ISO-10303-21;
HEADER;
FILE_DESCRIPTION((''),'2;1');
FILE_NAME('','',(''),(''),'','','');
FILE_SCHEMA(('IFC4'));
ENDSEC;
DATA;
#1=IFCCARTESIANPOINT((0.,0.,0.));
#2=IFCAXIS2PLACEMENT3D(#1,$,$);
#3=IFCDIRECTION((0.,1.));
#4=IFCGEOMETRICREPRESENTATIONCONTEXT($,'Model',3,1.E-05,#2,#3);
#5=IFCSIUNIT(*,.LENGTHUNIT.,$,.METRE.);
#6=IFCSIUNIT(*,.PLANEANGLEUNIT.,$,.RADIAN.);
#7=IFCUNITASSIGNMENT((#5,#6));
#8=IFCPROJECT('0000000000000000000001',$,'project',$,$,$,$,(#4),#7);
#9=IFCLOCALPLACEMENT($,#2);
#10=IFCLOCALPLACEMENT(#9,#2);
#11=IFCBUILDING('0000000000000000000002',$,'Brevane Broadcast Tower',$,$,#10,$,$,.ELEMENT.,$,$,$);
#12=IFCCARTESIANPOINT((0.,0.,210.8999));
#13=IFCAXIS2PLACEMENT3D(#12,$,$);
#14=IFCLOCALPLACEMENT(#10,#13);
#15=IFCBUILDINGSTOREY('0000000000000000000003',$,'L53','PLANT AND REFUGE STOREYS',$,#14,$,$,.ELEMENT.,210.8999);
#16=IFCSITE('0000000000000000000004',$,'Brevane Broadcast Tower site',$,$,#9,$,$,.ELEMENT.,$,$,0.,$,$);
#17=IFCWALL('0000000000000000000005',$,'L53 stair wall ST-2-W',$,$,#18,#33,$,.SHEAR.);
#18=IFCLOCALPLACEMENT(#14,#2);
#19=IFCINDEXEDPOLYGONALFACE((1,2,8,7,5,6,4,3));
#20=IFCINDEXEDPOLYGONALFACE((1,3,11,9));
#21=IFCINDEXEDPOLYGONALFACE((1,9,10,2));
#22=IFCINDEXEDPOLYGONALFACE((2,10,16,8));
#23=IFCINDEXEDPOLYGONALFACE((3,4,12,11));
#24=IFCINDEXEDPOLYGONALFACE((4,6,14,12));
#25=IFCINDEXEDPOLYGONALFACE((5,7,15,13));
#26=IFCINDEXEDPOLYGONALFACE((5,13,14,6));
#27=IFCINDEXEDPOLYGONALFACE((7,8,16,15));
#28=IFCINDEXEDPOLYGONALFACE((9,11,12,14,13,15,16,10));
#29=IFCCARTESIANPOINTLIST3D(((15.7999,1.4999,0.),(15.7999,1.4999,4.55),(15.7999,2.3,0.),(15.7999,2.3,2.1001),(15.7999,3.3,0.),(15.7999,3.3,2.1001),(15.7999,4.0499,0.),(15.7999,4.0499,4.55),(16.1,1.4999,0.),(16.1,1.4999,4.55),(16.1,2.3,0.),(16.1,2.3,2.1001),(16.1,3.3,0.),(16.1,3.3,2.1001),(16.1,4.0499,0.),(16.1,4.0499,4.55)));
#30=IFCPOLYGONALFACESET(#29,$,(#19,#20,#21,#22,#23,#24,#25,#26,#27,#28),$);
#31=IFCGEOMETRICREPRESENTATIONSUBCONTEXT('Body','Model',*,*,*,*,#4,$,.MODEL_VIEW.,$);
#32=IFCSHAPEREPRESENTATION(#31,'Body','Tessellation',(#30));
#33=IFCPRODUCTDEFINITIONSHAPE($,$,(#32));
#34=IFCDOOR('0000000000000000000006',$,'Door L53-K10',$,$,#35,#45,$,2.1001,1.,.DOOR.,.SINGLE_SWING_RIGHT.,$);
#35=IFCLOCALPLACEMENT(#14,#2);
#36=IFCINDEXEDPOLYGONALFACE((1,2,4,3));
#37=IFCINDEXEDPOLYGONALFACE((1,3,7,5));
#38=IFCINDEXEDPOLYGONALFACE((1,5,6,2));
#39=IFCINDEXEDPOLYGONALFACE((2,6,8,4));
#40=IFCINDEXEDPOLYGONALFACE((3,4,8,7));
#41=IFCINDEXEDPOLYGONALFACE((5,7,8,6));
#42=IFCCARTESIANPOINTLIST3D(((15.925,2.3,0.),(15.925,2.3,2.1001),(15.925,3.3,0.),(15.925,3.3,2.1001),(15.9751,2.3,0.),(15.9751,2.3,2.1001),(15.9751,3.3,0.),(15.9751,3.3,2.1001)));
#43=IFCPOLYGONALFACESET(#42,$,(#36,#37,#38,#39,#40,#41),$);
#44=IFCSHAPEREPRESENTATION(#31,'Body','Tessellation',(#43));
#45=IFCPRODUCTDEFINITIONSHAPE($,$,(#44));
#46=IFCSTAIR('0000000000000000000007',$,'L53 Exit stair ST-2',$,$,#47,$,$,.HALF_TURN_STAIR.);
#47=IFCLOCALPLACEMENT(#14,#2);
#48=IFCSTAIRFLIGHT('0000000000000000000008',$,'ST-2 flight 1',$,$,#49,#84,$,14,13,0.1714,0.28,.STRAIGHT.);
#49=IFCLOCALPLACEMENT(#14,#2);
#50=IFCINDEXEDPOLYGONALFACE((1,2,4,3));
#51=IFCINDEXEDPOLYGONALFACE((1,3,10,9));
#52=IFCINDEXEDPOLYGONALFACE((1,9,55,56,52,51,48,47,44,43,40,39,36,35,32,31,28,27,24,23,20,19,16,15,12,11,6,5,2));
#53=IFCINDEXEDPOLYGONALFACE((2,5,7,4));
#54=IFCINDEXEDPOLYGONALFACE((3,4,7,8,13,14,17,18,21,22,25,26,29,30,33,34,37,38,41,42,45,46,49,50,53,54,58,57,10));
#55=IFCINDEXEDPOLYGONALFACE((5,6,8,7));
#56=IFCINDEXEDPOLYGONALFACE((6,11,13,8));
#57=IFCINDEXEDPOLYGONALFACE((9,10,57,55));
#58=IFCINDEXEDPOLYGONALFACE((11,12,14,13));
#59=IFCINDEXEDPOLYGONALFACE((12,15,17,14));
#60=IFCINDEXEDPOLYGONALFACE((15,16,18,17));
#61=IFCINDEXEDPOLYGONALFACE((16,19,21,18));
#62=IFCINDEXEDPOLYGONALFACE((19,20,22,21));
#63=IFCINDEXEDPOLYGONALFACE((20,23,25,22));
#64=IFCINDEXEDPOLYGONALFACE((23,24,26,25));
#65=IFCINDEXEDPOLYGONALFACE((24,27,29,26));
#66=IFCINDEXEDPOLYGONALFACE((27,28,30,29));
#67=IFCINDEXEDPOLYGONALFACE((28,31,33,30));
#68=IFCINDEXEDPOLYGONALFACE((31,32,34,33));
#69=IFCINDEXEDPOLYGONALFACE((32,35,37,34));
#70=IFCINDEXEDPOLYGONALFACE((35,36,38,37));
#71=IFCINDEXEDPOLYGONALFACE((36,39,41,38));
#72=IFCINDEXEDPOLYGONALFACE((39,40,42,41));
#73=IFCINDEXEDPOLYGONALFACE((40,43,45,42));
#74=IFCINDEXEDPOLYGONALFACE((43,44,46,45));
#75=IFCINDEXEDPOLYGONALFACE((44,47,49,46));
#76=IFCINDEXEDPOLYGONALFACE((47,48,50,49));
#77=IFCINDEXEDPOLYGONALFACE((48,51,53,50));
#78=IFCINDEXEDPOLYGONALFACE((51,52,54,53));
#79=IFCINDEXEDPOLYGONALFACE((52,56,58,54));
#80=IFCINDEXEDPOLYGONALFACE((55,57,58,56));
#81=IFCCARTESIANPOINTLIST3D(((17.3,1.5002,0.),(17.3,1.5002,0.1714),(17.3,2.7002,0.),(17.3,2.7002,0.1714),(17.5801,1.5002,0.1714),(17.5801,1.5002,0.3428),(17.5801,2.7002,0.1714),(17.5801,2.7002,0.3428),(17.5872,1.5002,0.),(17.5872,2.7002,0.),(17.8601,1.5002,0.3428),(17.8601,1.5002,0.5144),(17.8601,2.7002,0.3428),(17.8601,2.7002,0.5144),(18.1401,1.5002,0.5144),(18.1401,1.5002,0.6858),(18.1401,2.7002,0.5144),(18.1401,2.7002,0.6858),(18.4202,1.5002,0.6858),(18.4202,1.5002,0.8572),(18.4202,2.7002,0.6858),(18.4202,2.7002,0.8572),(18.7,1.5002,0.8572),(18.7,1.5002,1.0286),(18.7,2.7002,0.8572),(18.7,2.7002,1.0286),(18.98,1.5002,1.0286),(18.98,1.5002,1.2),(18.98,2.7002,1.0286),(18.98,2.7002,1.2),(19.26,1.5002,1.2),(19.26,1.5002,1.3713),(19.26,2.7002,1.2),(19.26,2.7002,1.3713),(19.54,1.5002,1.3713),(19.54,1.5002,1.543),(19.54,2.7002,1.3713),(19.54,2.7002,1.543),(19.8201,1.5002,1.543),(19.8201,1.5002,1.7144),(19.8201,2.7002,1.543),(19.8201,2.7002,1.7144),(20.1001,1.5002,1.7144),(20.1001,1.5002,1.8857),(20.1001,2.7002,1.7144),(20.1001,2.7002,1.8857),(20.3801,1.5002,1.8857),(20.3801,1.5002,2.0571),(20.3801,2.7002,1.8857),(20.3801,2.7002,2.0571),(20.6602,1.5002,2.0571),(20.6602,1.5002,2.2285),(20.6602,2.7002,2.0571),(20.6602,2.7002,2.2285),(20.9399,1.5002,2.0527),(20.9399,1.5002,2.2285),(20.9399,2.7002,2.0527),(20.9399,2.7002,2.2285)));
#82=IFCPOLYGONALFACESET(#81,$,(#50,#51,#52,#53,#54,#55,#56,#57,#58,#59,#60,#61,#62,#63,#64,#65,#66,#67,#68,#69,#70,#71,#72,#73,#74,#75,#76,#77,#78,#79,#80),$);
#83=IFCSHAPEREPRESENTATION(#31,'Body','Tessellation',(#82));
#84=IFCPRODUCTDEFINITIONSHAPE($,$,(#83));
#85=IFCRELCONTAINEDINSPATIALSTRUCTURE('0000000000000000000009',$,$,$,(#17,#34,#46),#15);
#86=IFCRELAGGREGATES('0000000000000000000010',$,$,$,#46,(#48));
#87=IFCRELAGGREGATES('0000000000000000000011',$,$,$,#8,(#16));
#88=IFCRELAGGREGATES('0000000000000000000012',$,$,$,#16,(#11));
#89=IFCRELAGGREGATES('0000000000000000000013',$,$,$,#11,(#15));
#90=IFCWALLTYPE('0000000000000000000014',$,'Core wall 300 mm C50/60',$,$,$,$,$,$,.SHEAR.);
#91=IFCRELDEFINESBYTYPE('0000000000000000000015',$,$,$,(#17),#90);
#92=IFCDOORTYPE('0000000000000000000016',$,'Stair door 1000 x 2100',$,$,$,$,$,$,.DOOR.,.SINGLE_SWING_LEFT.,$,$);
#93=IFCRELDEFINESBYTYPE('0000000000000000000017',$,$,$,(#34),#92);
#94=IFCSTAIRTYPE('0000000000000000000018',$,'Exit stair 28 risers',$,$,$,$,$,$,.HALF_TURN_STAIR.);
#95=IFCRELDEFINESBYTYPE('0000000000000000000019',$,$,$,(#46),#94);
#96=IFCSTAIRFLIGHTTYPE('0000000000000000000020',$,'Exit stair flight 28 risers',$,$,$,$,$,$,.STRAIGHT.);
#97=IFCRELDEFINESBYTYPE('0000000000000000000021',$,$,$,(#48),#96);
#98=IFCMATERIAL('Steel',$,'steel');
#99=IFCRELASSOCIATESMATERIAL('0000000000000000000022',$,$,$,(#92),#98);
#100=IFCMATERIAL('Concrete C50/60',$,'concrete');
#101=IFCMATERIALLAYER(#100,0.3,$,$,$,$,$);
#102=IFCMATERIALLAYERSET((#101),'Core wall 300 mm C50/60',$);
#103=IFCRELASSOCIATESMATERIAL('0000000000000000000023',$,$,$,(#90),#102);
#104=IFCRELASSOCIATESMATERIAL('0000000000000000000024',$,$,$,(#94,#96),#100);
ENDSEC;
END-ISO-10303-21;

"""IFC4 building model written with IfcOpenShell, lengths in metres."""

from ifc_helpers import new_model, si_unit, direction, frame, frame_2d, origin, place, context, subcontext, project, spatial, polyline, rectangle, outline, extrude, material, layer, layer_set, type_object, element, fill, aggregate, save


model = new_model("IFC4")

# Units and contexts
model_context = context("Model", 3, precision=1e-05, world=origin(), true_north=direction((0.0, 1.0)))
body_context = subcontext(model_context, "Body", "Model", "MODEL_VIEW")
ifc_project = project(units=[si_unit("LENGTHUNIT", "METRE"), si_unit("PLANEANGLEUNIT", "RADIAN")], contexts=[model_context])

# Site, building, storey
site_placement = place(None, origin())
site = spatial("IfcSite", under=ifc_project, at=site_placement, Name="Brevane Broadcast Tower site", CompositionType="ELEMENT", RefElevation=0.0)
building_placement = place(site_placement, origin())
building = spatial("IfcBuilding", under=site, at=building_placement, Name="Brevane Broadcast Tower", CompositionType="ELEMENT")
storey_placement = place(building_placement, frame((0.0, 0.0, 210.8999)))
storey = spatial("IfcBuildingStorey", under=building, at=storey_placement, Name="L53", Description="PLANT AND REFUGE STOREYS", CompositionType="ELEMENT", Elevation=210.8999)

# Shared definitions
ifc_material_1 = material(Name="Steel", Category="steel")
door_type_1 = type_object("IfcDoorType", Name="Stair door 1000 x 2100", OperationType="SINGLE_SWING_LEFT", PredefinedType="DOOR", material=ifc_material_1)

# Shared definitions
ifc_material_2 = material(Name="Concrete C50/60", Category="concrete")
ifc_layer_1 = layer(ifc_material_2, 0.3)
ifc_layer_set_1 = layer_set([ifc_layer_1], Name="Core wall 300 mm C50/60")
wall_type_1 = type_object("IfcWallType", Name="Core wall 300 mm C50/60", PredefinedType="SHEAR", material=ifc_layer_set_1)

# Wall, opening, door
wall_1_placement = place(storey_placement, frame((15.95, 1.5, 0.0), z_axis=(0.0, 0.0, 1.0), x_axis=(0.0, 1.0, 0.0)))
wall_1 = element("IfcWall", 1, at=wall_1_placement, inside=storey, type_object=wall_type_1, Name="L53 stair wall ST-2-W", PredefinedType="SHEAR", context=body_context, shape_type="SweptSolid", body=[
    extrude(rectangle(XDim=2.55, YDim=0.3, at=frame_2d((1.2749, 0.0))), origin(), (0.0, 0.0, 1.0), 4.55),
])
opening_1_placement = place(wall_1_placement, frame((0.8, 0.0, 0.0)))
opening_1 = element("IfcOpeningElement", 2, at=opening_1_placement, cuts=wall_1, PredefinedType="OPENING", context=body_context, shape_type="SweptSolid", body=[
    extrude(rectangle(XDim=1.0, YDim=2.1001, at=frame_2d((0.5, 1.05))), frame((0.0, 0.1599, 0.0), z_axis=(0.0, -1.0, 0.0), x_axis=(1.0, 0.0, 0.0)), (0.0, 0.0, 1.0), 0.3201),
])
door_1_placement = place(opening_1_placement, origin())
door_1 = element("IfcDoor", 3, at=door_1_placement, inside=storey, type_object=door_type_1, Name="Door L53-K10", OperationType="SINGLE_SWING_RIGHT", OverallHeight=2.1001, OverallWidth=1.0, PredefinedType="DOOR", context=body_context, shape_type="SweptSolid", body=[
    extrude(rectangle(XDim=1.0, YDim=2.1001, at=frame_2d((0.5, 1.05))), frame((0.0, 0.0249, 0.0), z_axis=(0.0, -1.0, 0.0), x_axis=(1.0, 0.0, 0.0)), (0.0, 0.0, 1.0), 0.05),
])
fill(opening_1, door_1)

# Stair, stair flight
stair_type = type_object("IfcStairType", Name="Exit stair 28 risers", PredefinedType="HALF_TURN_STAIR", material=ifc_material_2)
stair_placement = place(storey_placement, origin())
stair = element("IfcStair", 4, at=stair_placement, inside=storey, type_object=stair_type, Name="L53 Exit stair ST-2", PredefinedType="HALF_TURN_STAIR")
stair_flight_type = type_object("IfcStairFlightType", Name="Exit stair flight 28 risers", PredefinedType="STRAIGHT", material=ifc_material_2)
stair_flight_placement = place(storey_placement, frame((17.3, 2.1001, 0.0), z_axis=(0.0, 0.0, 1.0), x_axis=(1.0, 0.0, 0.0)))
stair_flight = element("IfcStairFlight", 5, at=stair_flight_placement, type_object=stair_flight_type, Name="ST-2 flight 1", NumberOfRisers=14, NumberOfTreads=13, PredefinedType="STRAIGHT", RiserHeight=0.1714, TreadLength=0.28, context=body_context, shape_type="SweptSolid", body=[
    extrude(outline(polyline([(0.0, 0.0), (0.0, 0.1714), (0.28, 0.1714), (0.28, 0.3428), (0.5601, 0.3428), (0.5601, 0.5144), (0.8401, 0.5144), (0.8401, 0.6858), (1.1201, 0.6858), (1.1201, 0.8572), (1.3999, 0.8572), (1.3999, 1.0286), (1.6799, 1.0286), (1.6799, 1.2), (1.96, 1.2), (1.96, 1.3713), (2.24, 1.3713), (2.24, 1.543), (2.52, 1.543), (2.52, 1.7144), (2.8, 1.7144), (2.8, 1.8857), (3.0801, 1.8857), (3.0801, 2.0571), (3.3601, 2.0571), (3.3601, 2.2285), (3.6399, 2.2285), (3.6399, 2.3999), (3.6399, 2.0527), (0.2871, 0.0), (0.0, 0.0)])), frame((0.0, 0.6001, 0.0), z_axis=(0.0, -1.0, 0.0), x_axis=(1.0, 0.0, 0.0)), (0.0, 0.0, 1.0), 1.2),
])
aggregate(stair, [stair_flight])

save(model, "model.ifc")
